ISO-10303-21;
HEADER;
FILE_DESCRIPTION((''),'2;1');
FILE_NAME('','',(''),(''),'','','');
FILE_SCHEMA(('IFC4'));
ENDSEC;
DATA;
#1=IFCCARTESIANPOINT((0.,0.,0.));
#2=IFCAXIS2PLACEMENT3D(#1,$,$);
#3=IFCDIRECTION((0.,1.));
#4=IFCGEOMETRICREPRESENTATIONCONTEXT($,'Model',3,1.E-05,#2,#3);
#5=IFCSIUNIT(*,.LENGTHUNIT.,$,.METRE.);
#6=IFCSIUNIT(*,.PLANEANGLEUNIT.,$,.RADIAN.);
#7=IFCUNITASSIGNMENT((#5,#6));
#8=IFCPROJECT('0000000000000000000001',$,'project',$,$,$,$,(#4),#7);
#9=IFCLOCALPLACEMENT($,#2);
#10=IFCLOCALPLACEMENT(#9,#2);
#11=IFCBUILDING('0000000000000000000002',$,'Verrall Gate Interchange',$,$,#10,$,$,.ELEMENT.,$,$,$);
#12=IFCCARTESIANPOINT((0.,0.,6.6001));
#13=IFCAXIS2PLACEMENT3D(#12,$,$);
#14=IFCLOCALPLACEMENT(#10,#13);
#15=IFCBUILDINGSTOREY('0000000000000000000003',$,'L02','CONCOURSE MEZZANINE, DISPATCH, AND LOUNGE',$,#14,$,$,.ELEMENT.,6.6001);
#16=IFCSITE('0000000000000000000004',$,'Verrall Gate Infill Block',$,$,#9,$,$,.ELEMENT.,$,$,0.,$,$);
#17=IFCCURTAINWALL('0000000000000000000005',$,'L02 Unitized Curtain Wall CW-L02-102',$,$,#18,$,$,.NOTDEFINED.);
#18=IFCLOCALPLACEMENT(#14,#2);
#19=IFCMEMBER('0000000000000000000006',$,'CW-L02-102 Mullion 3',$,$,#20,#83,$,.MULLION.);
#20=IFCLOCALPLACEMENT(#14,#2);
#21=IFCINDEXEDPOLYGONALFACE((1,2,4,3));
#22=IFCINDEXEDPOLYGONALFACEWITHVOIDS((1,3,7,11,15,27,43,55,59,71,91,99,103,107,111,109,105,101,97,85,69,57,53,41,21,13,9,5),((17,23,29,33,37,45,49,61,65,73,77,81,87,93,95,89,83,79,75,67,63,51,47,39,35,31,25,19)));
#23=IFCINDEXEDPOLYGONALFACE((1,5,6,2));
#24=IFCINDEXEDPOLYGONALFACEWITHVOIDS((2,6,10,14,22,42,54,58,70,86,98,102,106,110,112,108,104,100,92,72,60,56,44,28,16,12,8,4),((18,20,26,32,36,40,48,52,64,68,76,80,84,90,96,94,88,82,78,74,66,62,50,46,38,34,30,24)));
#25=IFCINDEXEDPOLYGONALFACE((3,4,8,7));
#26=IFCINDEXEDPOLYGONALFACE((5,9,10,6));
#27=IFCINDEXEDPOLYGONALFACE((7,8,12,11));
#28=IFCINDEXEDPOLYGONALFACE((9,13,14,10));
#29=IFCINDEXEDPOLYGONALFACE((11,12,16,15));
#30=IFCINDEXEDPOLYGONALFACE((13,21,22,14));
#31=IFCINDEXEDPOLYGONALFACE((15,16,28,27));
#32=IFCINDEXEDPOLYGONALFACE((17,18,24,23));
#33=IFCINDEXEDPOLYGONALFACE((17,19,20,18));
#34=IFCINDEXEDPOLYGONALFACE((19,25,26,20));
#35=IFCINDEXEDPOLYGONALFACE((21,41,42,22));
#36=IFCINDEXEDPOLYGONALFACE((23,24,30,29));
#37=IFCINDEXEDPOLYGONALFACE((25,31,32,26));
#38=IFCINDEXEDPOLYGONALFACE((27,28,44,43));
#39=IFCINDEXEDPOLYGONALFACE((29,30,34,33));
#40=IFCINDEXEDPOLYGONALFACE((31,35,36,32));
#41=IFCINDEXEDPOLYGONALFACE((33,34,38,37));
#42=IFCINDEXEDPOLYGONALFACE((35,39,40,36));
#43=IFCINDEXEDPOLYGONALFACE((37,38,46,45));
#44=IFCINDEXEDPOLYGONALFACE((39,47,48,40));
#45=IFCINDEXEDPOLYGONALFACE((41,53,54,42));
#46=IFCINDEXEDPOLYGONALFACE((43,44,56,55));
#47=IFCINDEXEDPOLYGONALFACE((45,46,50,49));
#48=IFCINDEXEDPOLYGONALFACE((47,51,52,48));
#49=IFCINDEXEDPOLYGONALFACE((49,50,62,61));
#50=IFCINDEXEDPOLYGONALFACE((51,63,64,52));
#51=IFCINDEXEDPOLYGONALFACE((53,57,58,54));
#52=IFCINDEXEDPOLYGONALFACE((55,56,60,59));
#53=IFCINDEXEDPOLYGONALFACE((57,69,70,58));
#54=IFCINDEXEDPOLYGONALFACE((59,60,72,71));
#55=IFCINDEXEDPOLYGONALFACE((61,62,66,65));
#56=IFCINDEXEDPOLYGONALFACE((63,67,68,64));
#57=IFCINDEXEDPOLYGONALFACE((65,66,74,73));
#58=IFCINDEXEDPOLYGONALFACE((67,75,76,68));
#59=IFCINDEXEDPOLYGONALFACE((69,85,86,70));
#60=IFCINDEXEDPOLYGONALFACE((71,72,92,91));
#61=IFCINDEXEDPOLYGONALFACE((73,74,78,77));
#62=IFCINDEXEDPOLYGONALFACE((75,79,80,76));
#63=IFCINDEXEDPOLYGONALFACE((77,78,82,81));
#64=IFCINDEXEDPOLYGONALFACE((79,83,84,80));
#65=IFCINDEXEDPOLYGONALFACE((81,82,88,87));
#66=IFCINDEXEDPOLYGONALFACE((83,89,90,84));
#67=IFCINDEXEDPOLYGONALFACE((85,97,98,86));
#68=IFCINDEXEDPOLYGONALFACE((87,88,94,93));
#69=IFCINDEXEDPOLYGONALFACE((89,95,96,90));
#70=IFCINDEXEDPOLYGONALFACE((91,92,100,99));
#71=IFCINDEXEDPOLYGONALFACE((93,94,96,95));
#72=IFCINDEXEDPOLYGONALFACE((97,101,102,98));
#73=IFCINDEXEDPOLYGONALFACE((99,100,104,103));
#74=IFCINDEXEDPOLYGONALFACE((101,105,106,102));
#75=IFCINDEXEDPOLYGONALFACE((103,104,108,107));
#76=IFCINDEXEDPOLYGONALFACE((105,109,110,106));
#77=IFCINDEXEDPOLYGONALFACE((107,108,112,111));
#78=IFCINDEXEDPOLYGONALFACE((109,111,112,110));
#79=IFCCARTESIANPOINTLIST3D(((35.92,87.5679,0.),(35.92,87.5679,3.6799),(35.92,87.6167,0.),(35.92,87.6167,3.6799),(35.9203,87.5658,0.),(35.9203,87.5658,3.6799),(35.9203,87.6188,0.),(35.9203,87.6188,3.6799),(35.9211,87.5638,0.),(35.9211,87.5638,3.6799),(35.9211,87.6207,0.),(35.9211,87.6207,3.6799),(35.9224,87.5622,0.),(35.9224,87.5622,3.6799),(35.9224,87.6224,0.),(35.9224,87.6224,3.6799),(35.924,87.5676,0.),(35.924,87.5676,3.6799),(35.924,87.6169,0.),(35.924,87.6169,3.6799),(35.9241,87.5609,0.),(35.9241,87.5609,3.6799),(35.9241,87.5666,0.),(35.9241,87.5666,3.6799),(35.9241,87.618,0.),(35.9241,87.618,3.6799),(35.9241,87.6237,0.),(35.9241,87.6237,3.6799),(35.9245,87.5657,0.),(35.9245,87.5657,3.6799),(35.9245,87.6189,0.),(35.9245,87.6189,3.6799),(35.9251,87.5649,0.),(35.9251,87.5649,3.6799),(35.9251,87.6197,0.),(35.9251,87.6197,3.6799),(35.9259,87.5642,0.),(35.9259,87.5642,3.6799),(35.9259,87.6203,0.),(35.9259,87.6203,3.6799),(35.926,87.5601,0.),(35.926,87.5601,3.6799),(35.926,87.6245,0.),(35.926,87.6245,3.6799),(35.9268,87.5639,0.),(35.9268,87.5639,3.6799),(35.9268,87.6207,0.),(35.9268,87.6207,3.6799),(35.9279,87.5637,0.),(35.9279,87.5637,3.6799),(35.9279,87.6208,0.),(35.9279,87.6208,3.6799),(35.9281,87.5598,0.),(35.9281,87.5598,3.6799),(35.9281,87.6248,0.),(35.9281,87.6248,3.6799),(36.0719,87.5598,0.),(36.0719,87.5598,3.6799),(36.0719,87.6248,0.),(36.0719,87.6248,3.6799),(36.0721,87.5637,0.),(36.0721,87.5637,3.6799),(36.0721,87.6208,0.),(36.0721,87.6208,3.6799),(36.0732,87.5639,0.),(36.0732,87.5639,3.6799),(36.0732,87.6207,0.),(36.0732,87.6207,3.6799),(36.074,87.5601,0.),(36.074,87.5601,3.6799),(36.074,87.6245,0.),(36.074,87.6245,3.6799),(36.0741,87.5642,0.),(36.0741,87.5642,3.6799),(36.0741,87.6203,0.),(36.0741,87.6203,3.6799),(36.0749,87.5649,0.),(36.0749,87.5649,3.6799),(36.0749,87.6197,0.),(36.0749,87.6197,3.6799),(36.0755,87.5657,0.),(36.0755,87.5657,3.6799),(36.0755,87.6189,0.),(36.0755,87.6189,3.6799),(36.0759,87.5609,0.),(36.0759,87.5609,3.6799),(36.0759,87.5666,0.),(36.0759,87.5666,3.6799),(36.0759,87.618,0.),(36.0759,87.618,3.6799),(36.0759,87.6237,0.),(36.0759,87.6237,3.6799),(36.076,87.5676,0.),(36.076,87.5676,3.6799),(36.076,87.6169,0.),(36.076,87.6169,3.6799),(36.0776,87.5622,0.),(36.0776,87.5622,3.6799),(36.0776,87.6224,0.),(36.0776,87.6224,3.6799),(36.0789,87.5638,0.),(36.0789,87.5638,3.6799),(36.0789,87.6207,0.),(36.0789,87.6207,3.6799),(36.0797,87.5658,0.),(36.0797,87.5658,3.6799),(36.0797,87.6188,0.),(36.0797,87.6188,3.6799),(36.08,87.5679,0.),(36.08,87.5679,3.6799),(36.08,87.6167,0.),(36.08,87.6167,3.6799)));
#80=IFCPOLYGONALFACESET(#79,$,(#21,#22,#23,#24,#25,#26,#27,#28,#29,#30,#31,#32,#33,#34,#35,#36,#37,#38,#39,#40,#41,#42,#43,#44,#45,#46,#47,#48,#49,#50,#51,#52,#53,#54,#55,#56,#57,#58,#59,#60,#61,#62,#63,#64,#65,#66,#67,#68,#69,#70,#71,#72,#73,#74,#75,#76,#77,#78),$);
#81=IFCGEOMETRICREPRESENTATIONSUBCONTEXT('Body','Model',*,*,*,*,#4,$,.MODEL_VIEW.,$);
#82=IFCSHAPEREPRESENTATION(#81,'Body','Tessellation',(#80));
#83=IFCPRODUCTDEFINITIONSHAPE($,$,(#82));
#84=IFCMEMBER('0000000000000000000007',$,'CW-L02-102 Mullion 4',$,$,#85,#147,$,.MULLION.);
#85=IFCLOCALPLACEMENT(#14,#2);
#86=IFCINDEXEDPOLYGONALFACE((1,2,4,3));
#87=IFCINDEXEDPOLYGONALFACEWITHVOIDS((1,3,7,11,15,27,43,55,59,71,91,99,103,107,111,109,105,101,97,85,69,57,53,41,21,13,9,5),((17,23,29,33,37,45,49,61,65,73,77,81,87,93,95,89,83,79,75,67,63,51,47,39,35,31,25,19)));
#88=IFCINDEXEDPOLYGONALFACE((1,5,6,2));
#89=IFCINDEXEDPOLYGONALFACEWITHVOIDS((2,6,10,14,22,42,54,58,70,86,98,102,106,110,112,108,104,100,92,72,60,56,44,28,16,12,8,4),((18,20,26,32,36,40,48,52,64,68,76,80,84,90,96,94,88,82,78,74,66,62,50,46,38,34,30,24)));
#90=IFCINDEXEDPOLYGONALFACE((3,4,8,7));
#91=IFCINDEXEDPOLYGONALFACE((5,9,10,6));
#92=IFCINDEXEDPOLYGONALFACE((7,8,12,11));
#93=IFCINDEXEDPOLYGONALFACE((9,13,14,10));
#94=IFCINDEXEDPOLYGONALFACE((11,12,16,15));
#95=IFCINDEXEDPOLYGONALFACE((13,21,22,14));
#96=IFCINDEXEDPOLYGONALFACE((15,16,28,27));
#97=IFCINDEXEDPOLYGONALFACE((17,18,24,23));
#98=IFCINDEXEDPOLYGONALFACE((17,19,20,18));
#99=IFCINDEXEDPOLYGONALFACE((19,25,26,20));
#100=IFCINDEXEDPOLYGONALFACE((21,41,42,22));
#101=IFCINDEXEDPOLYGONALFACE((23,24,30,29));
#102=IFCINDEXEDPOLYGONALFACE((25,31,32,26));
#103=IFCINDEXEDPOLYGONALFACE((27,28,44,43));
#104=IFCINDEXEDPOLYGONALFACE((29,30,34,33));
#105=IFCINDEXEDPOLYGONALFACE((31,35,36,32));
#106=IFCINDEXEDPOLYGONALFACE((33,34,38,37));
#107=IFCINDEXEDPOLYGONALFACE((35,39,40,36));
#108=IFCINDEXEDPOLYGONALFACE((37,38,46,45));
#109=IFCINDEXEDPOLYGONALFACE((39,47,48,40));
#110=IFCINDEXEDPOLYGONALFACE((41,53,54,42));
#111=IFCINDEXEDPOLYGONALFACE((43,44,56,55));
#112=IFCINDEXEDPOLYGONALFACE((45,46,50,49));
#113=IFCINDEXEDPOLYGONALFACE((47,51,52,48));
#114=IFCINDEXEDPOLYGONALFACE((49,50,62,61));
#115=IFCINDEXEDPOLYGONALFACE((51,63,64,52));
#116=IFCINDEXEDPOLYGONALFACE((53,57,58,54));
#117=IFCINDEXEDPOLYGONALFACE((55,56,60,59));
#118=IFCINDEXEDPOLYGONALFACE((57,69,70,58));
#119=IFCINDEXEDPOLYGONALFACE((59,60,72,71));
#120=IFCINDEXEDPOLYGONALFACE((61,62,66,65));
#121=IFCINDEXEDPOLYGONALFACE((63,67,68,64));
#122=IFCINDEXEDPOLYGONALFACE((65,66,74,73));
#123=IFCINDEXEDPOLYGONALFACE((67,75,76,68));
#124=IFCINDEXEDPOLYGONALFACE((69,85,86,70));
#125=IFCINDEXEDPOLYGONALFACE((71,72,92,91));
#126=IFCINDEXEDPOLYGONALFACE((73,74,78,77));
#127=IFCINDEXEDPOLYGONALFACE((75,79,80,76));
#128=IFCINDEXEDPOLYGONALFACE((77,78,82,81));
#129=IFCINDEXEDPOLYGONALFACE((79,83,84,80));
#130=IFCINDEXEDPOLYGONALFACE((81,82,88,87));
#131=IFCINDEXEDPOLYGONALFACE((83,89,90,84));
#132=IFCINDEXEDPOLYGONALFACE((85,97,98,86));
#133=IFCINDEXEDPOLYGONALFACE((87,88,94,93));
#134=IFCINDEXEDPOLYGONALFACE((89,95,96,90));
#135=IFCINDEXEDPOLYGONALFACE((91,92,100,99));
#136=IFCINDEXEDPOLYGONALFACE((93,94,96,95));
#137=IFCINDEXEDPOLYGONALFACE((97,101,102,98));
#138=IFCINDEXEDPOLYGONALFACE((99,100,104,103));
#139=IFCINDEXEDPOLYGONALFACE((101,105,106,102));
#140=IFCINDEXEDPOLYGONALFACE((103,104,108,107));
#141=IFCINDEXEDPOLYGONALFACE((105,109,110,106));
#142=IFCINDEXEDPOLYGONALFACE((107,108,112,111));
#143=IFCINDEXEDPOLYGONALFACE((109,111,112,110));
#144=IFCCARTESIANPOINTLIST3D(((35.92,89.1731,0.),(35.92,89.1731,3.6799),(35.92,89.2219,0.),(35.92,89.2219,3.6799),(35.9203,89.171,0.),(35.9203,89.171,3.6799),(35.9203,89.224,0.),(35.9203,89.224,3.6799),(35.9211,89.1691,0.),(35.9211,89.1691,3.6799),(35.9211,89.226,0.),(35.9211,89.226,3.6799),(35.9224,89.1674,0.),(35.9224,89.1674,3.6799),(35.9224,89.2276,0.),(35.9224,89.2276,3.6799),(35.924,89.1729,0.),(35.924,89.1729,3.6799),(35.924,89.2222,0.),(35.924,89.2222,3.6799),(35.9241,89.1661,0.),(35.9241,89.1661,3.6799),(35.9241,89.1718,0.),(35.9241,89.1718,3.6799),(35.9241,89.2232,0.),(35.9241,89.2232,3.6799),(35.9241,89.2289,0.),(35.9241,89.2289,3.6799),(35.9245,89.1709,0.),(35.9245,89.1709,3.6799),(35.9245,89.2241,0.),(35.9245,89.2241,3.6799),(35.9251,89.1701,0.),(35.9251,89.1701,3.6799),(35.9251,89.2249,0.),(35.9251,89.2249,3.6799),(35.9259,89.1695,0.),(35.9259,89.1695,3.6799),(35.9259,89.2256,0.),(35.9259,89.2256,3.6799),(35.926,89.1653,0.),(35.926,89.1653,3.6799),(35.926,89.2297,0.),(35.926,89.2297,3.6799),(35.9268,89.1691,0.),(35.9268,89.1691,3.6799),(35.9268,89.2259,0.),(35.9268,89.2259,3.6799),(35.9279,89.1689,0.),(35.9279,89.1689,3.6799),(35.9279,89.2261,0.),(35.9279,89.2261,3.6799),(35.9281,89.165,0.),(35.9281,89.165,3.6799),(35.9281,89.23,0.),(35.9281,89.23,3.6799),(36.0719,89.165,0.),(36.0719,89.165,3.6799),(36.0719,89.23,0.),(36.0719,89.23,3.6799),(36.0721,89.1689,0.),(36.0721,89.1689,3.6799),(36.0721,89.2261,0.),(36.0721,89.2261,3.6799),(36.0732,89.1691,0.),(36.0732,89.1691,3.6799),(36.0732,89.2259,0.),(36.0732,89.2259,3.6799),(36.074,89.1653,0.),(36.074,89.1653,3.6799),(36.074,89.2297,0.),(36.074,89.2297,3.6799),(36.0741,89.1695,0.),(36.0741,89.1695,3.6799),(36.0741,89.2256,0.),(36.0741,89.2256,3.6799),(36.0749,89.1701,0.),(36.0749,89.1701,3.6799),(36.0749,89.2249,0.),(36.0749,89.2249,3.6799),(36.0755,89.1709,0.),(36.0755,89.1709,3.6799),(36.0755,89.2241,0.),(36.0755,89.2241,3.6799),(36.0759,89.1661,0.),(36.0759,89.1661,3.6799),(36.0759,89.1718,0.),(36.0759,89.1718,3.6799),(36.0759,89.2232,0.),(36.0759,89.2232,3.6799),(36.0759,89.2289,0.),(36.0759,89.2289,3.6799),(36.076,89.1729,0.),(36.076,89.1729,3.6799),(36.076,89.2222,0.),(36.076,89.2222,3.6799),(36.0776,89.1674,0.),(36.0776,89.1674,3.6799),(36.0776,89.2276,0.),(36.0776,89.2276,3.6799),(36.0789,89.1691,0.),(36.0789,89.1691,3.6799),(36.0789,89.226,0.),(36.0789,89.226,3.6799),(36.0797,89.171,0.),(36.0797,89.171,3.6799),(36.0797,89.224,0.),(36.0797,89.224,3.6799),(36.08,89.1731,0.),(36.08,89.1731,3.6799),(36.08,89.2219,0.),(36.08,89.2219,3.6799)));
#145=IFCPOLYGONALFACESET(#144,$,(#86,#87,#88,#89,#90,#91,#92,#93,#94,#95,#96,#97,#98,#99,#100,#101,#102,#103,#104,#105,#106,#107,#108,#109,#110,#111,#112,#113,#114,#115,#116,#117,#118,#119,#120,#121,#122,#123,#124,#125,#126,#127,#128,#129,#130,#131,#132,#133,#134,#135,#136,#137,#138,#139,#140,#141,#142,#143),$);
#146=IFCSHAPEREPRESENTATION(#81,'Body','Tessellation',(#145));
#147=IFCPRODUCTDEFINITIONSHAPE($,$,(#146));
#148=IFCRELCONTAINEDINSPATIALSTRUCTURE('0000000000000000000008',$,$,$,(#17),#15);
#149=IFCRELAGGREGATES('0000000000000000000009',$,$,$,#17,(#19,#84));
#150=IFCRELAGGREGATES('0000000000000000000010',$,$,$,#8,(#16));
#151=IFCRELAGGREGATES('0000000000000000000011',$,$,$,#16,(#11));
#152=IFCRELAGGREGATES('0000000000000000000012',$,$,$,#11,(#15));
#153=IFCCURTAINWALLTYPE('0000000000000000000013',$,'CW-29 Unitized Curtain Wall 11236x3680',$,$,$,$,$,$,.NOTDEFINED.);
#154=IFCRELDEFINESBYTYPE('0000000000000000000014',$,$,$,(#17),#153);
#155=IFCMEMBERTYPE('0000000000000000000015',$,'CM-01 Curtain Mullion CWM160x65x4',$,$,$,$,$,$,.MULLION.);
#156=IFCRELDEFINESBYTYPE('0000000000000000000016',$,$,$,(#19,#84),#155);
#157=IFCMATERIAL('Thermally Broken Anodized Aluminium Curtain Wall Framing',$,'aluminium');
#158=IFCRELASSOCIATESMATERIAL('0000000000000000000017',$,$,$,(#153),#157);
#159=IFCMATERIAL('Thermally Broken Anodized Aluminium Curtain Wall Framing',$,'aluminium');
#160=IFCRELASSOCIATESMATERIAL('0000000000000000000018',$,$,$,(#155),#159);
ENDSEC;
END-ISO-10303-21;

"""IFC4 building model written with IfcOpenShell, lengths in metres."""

from ifc_helpers import new_model, si_unit, direction, frame, origin, origin_2d, place, context, subcontext, project, spatial, hollow_rectangle, extrude, material, material_profile, profile_set, type_object, element, aggregate, save


model = new_model("IFC4")

# Units and contexts
model_context = context("Model", 3, precision=1e-05, world=origin(), true_north=direction((0.0, 1.0)))
body_context = subcontext(model_context, "Body", "Model", "MODEL_VIEW")
ifc_project = project(units=[si_unit("LENGTHUNIT", "METRE"), si_unit("PLANEANGLEUNIT", "RADIAN")], contexts=[model_context])

# Site, building, storey
site_placement = place(None, origin())
site = spatial("IfcSite", under=ifc_project, at=site_placement, Name="Verrall Gate Infill Block", CompositionType="ELEMENT", RefElevation=0.0)
building_placement = place(site_placement, origin())
building = spatial("IfcBuilding", under=site, at=building_placement, Name="Verrall Gate Interchange", CompositionType="ELEMENT")
storey_placement = place(building_placement, frame((0.0, 0.0, 6.6001)))
storey = spatial("IfcBuildingStorey", under=building, at=storey_placement, Name="L02", Description="CONCOURSE MEZZANINE, DISPATCH, AND LOUNGE", CompositionType="ELEMENT", Elevation=6.6001)

# Curtain wall, members
ifc_material_1 = material(Name="Thermally Broken Anodized Aluminium Curtain Wall Framing", Category="aluminium")
curtain_wall_type = type_object("IfcCurtainWallType", Name="CW-29 Unitized Curtain Wall 11236x3680", PredefinedType="NOTDEFINED", material=ifc_material_1)
curtain_wall_placement = place(storey_placement, origin())
curtain_wall = element("IfcCurtainWall", 1, at=curtain_wall_placement, inside=storey, type_object=curtain_wall_type, Name="L02 Unitized Curtain Wall CW-L02-102", PredefinedType="NOTDEFINED")
ifc_material_2 = material(Name="Thermally Broken Anodized Aluminium Curtain Wall Framing", Category="aluminium")
ifc_material_profile_1 = material_profile(ifc_material_2, hollow_rectangle(XDim=0.0649, YDim=0.1599, WallThickness=0.0039, InnerFilletRadius=0.0039, OuterFilletRadius=0.0081, at=origin_2d()), Name="CWM160x65x4")
ifc_profile_set_1 = profile_set([ifc_material_profile_1], Name="Thermally Broken Anodized Aluminium Curtain Wall Framing")
member_type_1 = type_object("IfcMemberType", Name="CM-01 Curtain Mullion CWM160x65x4", PredefinedType="MULLION", material=ifc_profile_set_1)
member_1_placement = place(storey_placement, frame((36.0, 87.5923, 0.0), z_axis=(0.0, 0.0, 1.0), x_axis=(0.0, 1.0, 0.0)))
member_1 = element("IfcMember", 2, at=member_1_placement, type_object=member_type_1, Name="CW-L02-102 Mullion 3", PredefinedType="MULLION", context=body_context, shape_type="SweptSolid", body=[
    extrude(hollow_rectangle(XDim=0.0649, YDim=0.1599, WallThickness=0.0039, InnerFilletRadius=0.0039, OuterFilletRadius=0.0081, at=origin_2d()), origin(), (0.0, 0.0, 1.0), 3.6799),
])
member_2_placement = place(storey_placement, frame((36.0, 89.1975, 0.0), z_axis=(0.0, 0.0, 1.0), x_axis=(0.0, 1.0, 0.0)))
member_2 = element("IfcMember", 3, at=member_2_placement, type_object=member_type_1, Name="CW-L02-102 Mullion 4", PredefinedType="MULLION", context=body_context, shape_type="SweptSolid", body=[
    extrude(hollow_rectangle(XDim=0.0649, YDim=0.1599, WallThickness=0.0039, InnerFilletRadius=0.0039, OuterFilletRadius=0.0081, at=origin_2d()), origin(), (0.0, 0.0, 1.0), 3.6799),
])

aggregate(curtain_wall, [member_1, member_2])

save(model, "model.ifc")
